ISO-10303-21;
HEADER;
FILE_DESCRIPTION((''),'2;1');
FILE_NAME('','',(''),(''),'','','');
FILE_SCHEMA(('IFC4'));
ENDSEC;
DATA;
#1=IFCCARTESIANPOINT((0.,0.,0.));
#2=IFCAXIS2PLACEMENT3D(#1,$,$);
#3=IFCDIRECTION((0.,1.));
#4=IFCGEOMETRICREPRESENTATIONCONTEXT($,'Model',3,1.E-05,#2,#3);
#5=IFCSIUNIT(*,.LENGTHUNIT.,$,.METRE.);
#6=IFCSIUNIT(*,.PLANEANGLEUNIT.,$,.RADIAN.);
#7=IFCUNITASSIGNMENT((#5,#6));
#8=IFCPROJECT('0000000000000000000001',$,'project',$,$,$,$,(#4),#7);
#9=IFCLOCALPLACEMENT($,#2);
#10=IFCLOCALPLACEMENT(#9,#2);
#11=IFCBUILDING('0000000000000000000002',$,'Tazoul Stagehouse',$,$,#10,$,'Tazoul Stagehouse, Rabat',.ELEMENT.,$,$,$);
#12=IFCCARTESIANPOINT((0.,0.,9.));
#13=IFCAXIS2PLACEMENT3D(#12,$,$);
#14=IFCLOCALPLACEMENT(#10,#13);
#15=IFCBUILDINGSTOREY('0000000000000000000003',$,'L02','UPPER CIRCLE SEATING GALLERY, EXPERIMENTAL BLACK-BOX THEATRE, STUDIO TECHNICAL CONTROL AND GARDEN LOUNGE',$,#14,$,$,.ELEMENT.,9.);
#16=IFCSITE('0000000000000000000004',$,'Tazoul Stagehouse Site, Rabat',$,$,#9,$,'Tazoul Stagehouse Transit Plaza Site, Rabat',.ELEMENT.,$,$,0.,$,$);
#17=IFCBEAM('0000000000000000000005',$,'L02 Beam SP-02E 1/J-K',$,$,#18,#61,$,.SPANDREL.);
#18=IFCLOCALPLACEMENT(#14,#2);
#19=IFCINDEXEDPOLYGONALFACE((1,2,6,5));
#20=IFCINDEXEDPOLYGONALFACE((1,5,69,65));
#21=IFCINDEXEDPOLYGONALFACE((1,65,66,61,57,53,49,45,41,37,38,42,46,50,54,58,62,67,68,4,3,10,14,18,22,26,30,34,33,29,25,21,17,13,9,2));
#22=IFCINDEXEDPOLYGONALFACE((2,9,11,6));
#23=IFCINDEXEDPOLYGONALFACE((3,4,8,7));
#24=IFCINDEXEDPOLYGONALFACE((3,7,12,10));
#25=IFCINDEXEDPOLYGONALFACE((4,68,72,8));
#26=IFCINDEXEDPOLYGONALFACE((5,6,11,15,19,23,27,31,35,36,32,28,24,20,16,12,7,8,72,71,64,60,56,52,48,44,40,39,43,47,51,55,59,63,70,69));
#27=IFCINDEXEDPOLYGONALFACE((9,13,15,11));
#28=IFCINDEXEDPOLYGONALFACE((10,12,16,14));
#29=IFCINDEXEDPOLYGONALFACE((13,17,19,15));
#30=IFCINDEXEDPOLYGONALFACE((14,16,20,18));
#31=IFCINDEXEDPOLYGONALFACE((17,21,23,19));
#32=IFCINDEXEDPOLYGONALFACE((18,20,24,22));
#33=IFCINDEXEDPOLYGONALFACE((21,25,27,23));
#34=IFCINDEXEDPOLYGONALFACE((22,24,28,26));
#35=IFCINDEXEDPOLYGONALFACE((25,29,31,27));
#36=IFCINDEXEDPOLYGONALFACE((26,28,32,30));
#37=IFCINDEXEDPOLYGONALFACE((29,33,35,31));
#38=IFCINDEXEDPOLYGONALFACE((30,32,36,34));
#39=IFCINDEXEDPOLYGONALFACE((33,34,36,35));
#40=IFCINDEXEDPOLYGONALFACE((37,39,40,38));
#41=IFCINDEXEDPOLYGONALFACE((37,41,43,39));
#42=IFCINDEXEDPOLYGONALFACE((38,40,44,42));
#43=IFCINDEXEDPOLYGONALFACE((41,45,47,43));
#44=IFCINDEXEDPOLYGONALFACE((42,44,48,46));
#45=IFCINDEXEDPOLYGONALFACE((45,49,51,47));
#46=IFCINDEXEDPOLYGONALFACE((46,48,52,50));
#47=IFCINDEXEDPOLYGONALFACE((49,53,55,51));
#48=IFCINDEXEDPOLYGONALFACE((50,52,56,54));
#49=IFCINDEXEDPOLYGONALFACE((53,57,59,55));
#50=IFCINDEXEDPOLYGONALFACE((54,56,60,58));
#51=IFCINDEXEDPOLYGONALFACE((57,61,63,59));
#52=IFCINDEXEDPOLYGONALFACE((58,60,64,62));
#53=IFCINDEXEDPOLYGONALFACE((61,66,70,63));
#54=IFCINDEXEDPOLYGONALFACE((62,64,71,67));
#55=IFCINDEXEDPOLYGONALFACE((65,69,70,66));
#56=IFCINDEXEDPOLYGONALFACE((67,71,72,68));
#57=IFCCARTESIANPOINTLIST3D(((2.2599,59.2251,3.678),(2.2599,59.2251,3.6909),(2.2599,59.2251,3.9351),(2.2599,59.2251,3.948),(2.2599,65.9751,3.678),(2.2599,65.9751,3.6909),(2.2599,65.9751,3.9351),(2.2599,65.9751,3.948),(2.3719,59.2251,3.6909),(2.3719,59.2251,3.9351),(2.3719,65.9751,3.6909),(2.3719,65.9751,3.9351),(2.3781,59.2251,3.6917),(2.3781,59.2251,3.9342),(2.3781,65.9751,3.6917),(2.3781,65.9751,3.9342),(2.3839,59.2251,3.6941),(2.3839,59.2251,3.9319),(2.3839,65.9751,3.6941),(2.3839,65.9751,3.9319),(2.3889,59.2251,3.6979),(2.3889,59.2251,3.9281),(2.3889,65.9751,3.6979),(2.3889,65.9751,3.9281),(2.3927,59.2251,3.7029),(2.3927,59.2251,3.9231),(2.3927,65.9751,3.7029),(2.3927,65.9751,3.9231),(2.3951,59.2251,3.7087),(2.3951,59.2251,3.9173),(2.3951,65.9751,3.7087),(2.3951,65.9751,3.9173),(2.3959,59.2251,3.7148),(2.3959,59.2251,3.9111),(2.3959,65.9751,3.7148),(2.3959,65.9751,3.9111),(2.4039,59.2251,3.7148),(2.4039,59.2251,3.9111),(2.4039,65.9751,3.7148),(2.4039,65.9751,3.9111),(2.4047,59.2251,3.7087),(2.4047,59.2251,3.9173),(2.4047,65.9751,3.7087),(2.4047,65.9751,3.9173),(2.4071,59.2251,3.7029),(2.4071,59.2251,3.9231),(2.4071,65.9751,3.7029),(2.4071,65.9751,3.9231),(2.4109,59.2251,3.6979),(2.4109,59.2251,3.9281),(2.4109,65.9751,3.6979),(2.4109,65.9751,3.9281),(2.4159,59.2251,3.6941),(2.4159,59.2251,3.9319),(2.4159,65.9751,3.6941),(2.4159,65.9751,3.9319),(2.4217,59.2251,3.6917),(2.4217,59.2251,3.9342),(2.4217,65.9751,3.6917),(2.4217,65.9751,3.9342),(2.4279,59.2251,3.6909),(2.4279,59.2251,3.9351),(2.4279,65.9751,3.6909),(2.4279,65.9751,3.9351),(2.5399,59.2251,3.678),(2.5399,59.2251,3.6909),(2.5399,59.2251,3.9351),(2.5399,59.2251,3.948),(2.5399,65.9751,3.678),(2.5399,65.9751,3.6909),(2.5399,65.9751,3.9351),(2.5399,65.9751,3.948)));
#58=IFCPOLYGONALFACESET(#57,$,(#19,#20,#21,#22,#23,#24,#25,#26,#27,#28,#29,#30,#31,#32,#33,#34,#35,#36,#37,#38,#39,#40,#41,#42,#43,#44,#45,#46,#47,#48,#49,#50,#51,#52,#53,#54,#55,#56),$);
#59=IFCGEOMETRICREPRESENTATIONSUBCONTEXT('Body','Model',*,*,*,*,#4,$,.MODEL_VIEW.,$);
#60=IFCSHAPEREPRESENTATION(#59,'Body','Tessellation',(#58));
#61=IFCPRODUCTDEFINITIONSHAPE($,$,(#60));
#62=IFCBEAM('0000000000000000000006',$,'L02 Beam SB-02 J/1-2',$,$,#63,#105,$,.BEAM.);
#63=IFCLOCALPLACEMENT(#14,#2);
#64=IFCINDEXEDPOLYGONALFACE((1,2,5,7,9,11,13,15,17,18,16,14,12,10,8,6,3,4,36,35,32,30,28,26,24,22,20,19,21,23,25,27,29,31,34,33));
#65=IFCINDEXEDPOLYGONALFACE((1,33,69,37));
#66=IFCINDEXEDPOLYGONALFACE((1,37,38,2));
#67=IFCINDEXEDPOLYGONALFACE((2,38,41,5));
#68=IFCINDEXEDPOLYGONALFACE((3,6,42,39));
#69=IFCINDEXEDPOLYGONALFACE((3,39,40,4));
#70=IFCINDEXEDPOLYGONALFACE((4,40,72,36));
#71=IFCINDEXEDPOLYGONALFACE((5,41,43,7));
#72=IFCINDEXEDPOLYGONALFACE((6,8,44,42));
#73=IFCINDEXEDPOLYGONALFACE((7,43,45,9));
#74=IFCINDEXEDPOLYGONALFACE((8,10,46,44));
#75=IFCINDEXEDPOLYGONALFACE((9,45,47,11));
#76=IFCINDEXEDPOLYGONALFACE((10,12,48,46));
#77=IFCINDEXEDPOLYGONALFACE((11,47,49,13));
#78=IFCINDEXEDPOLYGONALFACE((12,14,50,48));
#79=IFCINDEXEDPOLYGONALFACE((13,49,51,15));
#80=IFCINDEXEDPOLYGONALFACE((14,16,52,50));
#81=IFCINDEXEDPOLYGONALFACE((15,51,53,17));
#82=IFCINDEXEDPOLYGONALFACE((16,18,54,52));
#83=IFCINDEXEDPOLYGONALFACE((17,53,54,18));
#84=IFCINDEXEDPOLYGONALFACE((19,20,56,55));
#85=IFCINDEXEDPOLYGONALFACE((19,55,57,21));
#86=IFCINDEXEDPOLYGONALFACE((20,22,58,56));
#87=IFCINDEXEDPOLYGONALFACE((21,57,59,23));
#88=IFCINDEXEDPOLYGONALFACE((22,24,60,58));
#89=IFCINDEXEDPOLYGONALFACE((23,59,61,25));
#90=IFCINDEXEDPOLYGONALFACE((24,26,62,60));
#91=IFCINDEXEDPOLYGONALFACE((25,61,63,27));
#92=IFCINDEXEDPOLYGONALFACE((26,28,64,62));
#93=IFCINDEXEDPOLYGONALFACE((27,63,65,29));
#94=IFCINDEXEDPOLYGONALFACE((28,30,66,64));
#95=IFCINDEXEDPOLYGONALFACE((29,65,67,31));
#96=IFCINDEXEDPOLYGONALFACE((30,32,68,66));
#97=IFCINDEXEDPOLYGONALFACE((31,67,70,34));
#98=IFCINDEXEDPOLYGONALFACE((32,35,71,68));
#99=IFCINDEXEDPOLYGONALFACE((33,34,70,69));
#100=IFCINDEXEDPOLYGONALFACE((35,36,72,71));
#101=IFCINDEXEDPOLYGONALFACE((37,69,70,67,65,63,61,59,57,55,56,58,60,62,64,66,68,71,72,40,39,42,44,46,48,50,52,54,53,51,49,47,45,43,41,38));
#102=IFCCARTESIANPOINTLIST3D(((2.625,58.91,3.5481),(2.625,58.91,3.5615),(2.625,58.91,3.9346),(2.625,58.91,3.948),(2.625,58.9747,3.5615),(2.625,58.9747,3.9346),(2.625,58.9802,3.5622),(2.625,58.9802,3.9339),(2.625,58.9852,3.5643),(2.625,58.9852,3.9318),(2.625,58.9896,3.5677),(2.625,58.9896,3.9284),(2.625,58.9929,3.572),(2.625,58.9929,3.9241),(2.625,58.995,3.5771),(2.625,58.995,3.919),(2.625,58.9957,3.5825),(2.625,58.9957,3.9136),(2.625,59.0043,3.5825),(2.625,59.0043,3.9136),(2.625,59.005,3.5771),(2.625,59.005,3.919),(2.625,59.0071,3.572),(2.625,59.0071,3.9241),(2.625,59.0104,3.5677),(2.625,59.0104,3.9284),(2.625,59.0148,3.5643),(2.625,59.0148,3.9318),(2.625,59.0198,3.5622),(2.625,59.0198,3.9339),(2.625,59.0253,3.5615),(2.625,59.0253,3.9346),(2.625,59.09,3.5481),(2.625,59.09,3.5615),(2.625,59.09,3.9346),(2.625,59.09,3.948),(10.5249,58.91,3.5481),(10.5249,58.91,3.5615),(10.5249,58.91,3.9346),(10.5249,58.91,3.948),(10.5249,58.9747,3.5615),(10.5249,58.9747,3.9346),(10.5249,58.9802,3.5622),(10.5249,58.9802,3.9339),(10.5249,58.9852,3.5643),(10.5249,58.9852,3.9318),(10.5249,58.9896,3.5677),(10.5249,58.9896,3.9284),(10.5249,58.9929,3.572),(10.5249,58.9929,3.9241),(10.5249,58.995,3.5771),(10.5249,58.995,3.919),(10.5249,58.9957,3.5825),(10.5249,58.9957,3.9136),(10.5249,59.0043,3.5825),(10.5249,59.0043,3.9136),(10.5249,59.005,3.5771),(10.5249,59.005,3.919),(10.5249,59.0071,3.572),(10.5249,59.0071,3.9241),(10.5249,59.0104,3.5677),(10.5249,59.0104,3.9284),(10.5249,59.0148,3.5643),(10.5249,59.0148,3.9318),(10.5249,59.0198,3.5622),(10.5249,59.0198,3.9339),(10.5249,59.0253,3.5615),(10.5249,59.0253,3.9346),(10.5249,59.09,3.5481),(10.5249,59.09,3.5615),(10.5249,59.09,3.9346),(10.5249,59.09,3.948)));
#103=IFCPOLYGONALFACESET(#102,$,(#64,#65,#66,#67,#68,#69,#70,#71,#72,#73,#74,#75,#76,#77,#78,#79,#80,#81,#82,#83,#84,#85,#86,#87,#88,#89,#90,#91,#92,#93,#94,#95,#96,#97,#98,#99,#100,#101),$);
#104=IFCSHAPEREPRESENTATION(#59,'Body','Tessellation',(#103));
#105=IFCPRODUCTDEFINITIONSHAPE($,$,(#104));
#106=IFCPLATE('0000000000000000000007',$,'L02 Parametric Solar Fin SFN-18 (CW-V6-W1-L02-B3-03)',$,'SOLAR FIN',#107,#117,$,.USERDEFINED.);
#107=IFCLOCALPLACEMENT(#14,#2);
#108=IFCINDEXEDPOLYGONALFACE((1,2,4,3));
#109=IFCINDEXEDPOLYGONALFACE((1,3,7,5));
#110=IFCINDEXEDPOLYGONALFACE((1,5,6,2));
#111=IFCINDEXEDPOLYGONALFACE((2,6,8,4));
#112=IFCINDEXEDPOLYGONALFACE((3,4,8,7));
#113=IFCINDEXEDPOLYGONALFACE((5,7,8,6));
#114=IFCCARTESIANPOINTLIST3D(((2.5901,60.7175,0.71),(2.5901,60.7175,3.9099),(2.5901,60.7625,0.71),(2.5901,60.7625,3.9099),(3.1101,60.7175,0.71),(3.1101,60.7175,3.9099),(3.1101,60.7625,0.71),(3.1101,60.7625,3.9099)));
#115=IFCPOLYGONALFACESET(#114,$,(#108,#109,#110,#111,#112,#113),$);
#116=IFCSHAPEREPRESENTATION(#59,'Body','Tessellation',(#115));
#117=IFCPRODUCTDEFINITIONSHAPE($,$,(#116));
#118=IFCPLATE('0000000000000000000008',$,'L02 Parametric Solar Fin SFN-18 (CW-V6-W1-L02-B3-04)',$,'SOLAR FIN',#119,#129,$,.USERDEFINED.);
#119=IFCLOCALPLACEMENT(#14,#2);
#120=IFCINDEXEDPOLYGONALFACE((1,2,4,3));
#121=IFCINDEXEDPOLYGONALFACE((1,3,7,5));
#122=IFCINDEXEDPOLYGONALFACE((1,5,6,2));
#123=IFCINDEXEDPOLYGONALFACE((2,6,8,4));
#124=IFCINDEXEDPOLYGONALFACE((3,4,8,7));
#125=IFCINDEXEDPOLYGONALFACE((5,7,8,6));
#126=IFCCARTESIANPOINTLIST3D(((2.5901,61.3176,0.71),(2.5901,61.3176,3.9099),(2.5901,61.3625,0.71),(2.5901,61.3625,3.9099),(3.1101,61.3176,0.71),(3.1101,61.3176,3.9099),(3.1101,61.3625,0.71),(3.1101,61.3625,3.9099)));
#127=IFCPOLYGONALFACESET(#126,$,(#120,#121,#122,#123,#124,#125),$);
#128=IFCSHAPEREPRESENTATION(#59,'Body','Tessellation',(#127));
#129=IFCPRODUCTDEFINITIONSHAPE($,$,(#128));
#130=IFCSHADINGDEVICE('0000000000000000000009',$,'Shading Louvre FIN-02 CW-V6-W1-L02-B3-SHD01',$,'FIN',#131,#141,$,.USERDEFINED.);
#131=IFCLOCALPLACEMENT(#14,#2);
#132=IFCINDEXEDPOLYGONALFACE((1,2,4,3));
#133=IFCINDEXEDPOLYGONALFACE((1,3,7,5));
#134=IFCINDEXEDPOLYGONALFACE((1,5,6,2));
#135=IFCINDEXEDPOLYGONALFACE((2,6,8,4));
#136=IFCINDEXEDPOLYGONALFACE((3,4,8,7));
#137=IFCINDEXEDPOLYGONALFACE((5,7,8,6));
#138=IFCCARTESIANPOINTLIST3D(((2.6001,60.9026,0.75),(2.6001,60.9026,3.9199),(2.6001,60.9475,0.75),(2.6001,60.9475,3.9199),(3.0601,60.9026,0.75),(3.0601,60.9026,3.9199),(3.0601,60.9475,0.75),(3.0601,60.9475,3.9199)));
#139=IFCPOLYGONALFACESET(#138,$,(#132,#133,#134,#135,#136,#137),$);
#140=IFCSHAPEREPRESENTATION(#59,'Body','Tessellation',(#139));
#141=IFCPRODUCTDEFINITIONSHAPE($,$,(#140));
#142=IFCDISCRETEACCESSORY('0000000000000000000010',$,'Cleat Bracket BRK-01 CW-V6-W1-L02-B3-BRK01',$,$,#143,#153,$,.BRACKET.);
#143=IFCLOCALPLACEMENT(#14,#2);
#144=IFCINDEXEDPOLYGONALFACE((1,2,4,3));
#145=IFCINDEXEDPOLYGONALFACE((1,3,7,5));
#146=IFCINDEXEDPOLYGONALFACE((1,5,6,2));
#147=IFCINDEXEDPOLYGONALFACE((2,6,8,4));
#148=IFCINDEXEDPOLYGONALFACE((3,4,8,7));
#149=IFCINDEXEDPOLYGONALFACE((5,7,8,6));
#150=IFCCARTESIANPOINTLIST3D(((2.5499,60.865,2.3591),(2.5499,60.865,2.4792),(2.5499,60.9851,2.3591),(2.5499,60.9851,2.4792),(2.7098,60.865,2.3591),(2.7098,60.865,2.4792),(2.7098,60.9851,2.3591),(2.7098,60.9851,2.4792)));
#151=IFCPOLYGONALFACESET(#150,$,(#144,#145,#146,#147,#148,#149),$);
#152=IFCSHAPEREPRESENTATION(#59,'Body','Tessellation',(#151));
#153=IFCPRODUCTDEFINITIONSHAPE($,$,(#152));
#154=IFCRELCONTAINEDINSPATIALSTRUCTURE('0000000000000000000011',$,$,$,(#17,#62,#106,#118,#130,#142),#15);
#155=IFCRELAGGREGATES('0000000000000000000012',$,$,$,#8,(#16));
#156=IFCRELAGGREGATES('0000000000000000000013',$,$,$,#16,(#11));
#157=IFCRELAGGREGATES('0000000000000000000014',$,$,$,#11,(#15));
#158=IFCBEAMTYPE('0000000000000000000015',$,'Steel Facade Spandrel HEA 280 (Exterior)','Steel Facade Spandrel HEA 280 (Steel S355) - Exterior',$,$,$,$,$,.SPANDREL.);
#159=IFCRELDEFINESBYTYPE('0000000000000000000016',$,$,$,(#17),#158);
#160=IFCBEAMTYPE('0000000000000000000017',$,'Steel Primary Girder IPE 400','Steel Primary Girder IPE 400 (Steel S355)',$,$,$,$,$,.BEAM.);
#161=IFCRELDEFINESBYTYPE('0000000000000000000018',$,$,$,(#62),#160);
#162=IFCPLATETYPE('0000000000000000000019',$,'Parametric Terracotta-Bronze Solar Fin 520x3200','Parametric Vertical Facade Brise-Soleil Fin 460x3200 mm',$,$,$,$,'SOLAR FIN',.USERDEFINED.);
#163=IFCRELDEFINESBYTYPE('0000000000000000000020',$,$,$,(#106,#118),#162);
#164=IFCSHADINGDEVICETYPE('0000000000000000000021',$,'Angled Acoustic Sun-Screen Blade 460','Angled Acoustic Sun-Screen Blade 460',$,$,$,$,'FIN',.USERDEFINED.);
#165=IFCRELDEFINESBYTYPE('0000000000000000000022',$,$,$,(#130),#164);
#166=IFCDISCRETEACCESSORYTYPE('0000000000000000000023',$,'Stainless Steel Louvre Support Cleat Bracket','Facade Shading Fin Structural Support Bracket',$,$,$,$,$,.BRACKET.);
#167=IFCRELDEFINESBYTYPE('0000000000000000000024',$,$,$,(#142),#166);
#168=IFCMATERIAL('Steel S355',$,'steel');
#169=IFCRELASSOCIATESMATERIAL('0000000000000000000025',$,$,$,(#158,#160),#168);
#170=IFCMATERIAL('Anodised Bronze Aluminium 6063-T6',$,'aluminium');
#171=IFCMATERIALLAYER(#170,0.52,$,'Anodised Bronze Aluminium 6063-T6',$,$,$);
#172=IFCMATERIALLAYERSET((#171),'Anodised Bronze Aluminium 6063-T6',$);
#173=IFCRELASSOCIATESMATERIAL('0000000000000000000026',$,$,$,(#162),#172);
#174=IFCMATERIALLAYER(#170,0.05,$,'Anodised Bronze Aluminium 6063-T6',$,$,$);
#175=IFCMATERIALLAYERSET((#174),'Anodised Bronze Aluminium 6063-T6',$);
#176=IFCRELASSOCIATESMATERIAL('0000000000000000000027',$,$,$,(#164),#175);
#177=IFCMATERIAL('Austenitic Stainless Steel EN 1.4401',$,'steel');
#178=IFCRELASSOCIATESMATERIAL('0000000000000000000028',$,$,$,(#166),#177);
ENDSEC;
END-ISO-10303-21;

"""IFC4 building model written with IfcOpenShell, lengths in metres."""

from ifc_helpers import new_model, si_unit, direction, frame, origin, origin_2d, place, context, subcontext, project, spatial, rectangle, i_section, extrude, material, layer, layer_set, material_profile, profile_set, type_object, element, save


model = new_model("IFC4")

# Units and contexts
model_context = context("Model", 3, precision=1e-05, world=origin(), true_north=direction((0.0, 1.0)))
body_context = subcontext(model_context, "Body", "Model", "MODEL_VIEW")
ifc_project = project(units=[si_unit("LENGTHUNIT", "METRE"), si_unit("PLANEANGLEUNIT", "RADIAN")], contexts=[model_context])

# Site, building, storey
site_placement = place(None, origin())
site = spatial("IfcSite", under=ifc_project, at=site_placement, Name="Tazoul Stagehouse Site, Rabat", LongName="Tazoul Stagehouse Transit Plaza Site, Rabat", CompositionType="ELEMENT", RefElevation=0.0)
building_placement = place(site_placement, origin())
building = spatial("IfcBuilding", under=site, at=building_placement, Name="Tazoul Stagehouse", LongName="Tazoul Stagehouse, Rabat", CompositionType="ELEMENT")
storey_placement = place(building_placement, frame((0.0, 0.0, 9.0)))
storey = spatial("IfcBuildingStorey", under=building, at=storey_placement, Name="L02", Description="UPPER CIRCLE SEATING GALLERY, EXPERIMENTAL BLACK-BOX THEATRE, STUDIO TECHNICAL CONTROL AND GARDEN LOUNGE", CompositionType="ELEMENT", Elevation=9.0)

# Beams
ifc_material_1 = material(Name="Steel S355", Category="steel")
ifc_material_profile_1 = material_profile(ifc_material_1, i_section(OverallWidth=0.28, OverallDepth=0.27, WebThickness=0.0081, FlangeThickness=0.0129, FilletRadius=0.0239, at=origin_2d()), Name="HEA 280")
ifc_profile_set_1 = profile_set([ifc_material_profile_1], Name="Steel S355")
beam_type_1 = type_object("IfcBeamType", Name="Steel Facade Spandrel HEA 280 (Exterior)", Description="Steel Facade Spandrel HEA 280 (Steel S355) - Exterior", PredefinedType="SPANDREL", material=ifc_profile_set_1)
beam_1_placement = place(storey_placement, frame((2.3999, 59.2251, 3.813), z_axis=(0.0, 1.0, 0.0), x_axis=(-1.0, 0.0, 0.0)))
element("IfcBeam", 1, at=beam_1_placement, inside=storey, type_object=beam_type_1, Name="L02 Beam SP-02E 1/J-K", PredefinedType="SPANDREL", context=body_context, shape_type="SweptSolid", body=[
    extrude(i_section(OverallWidth=0.28, OverallDepth=0.27, WebThickness=0.0081, FlangeThickness=0.0129, FilletRadius=0.0239, at=origin_2d()), origin(), (0.0, 0.0, 1.0), 6.75),
])
ifc_material_profile_2 = material_profile(ifc_material_1, i_section(OverallWidth=0.1799, OverallDepth=0.3999, WebThickness=0.0085, FlangeThickness=0.0134, FilletRadius=0.021, at=origin_2d()), Name="IPE 400")
ifc_profile_set_2 = profile_set([ifc_material_profile_2], Name="Steel S355")
beam_type_2 = type_object("IfcBeamType", Name="Steel Primary Girder IPE 400", Description="Steel Primary Girder IPE 400 (Steel S355)", PredefinedType="BEAM", material=ifc_profile_set_2)
beam_2_placement = place(storey_placement, frame((2.625, 59.0, 3.748), z_axis=(1.0, 0.0, 0.0), x_axis=(0.0, 1.0, 0.0)))
element("IfcBeam", 2, at=beam_2_placement, inside=storey, type_object=beam_type_2, Name="L02 Beam SB-02 J/1-2", PredefinedType="BEAM", context=body_context, shape_type="SweptSolid", body=[
    extrude(i_section(OverallWidth=0.1799, OverallDepth=0.3999, WebThickness=0.0085, FlangeThickness=0.0134, FilletRadius=0.021, at=origin_2d()), origin(), (0.0, 0.0, 1.0), 7.8999),
])

# Plates
ifc_material_2 = material(Name="Anodised Bronze Aluminium 6063-T6", Category="aluminium")
ifc_layer_1 = layer(ifc_material_2, 0.52, Name="Anodised Bronze Aluminium 6063-T6")
ifc_layer_set_1 = layer_set([ifc_layer_1], Name="Anodised Bronze Aluminium 6063-T6")
plate_type = type_object("IfcPlateType", Name="Parametric Terracotta-Bronze Solar Fin 520x3200", Description="Parametric Vertical Facade Brise-Soleil Fin 460x3200 mm", ElementType="SOLAR FIN", PredefinedType="USERDEFINED", material=ifc_layer_set_1)
for number, where, z_axis, x_axis, name in (
    (3, (2.8501, 60.74, 0.71), (0.0, 0.0, 1.0), (0.0, 1.0, 0.0), "L02 Parametric Solar Fin SFN-18 (CW-V6-W1-L02-B3-03)"),
    (4, (2.8501, 61.3401, 0.71), (0.0, 0.0, 1.0), (0.0, 1.0, 0.0), "L02 Parametric Solar Fin SFN-18 (CW-V6-W1-L02-B3-04)"),
):
    element("IfcPlate", number, at=place(storey_placement, frame(where, z_axis=z_axis, x_axis=x_axis)), inside=storey, type_object=plate_type, Name=name, ObjectType="SOLAR FIN", PredefinedType="USERDEFINED", context=body_context, shape_type="SweptSolid", body=[
        extrude(rectangle(XDim=0.0449, YDim=0.52, at=origin_2d()), origin(), (0.0, 0.0, 1.0), 3.2),
    ])

# Shading device
ifc_layer_2 = layer(ifc_material_2, 0.05, Name="Anodised Bronze Aluminium 6063-T6")
ifc_layer_set_2 = layer_set([ifc_layer_2], Name="Anodised Bronze Aluminium 6063-T6")
shading_device_type = type_object("IfcShadingDeviceType", Name="Angled Acoustic Sun-Screen Blade 460", Description="Angled Acoustic Sun-Screen Blade 460", ElementType="FIN", PredefinedType="USERDEFINED", material=ifc_layer_set_2)
shading_device_placement = place(storey_placement, frame((2.8301, 60.925, 0.75), z_axis=(0.0, 0.0, 1.0), x_axis=(0.0, 1.0, 0.0)))
element("IfcShadingDevice", 5, at=shading_device_placement, inside=storey, type_object=shading_device_type, Name="Shading Louvre FIN-02 CW-V6-W1-L02-B3-SHD01", ObjectType="FIN", PredefinedType="USERDEFINED", context=body_context, shape_type="SweptSolid", body=[
    extrude(rectangle(XDim=0.0449, YDim=0.46, at=origin_2d()), origin(), (0.0, 0.0, 1.0), 3.1699),
])

# Discrete accessory
ifc_material_3 = material(Name="Austenitic Stainless Steel EN 1.4401", Category="steel")
discrete_accessory_type = type_object("IfcDiscreteAccessoryType", Name="Stainless Steel Louvre Support Cleat Bracket", Description="Facade Shading Fin Structural Support Bracket", PredefinedType="BRACKET", material=ifc_material_3)
discrete_accessory_placement = place(storey_placement, frame((2.6299, 60.925, 2.3591), z_axis=(0.0, 0.0, 1.0), x_axis=(0.0, 1.0, 0.0)))
element("IfcDiscreteAccessory", 6, at=discrete_accessory_placement, inside=storey, type_object=discrete_accessory_type, Name="Cleat Bracket BRK-01 CW-V6-W1-L02-B3-BRK01", PredefinedType="BRACKET", context=body_context, shape_type="SweptSolid", body=[
    extrude(rectangle(XDim=0.1201, YDim=0.1599, at=origin_2d()), origin(), (0.0, 0.0, 1.0), 0.1201),
])

save(model, "model.ifc")
